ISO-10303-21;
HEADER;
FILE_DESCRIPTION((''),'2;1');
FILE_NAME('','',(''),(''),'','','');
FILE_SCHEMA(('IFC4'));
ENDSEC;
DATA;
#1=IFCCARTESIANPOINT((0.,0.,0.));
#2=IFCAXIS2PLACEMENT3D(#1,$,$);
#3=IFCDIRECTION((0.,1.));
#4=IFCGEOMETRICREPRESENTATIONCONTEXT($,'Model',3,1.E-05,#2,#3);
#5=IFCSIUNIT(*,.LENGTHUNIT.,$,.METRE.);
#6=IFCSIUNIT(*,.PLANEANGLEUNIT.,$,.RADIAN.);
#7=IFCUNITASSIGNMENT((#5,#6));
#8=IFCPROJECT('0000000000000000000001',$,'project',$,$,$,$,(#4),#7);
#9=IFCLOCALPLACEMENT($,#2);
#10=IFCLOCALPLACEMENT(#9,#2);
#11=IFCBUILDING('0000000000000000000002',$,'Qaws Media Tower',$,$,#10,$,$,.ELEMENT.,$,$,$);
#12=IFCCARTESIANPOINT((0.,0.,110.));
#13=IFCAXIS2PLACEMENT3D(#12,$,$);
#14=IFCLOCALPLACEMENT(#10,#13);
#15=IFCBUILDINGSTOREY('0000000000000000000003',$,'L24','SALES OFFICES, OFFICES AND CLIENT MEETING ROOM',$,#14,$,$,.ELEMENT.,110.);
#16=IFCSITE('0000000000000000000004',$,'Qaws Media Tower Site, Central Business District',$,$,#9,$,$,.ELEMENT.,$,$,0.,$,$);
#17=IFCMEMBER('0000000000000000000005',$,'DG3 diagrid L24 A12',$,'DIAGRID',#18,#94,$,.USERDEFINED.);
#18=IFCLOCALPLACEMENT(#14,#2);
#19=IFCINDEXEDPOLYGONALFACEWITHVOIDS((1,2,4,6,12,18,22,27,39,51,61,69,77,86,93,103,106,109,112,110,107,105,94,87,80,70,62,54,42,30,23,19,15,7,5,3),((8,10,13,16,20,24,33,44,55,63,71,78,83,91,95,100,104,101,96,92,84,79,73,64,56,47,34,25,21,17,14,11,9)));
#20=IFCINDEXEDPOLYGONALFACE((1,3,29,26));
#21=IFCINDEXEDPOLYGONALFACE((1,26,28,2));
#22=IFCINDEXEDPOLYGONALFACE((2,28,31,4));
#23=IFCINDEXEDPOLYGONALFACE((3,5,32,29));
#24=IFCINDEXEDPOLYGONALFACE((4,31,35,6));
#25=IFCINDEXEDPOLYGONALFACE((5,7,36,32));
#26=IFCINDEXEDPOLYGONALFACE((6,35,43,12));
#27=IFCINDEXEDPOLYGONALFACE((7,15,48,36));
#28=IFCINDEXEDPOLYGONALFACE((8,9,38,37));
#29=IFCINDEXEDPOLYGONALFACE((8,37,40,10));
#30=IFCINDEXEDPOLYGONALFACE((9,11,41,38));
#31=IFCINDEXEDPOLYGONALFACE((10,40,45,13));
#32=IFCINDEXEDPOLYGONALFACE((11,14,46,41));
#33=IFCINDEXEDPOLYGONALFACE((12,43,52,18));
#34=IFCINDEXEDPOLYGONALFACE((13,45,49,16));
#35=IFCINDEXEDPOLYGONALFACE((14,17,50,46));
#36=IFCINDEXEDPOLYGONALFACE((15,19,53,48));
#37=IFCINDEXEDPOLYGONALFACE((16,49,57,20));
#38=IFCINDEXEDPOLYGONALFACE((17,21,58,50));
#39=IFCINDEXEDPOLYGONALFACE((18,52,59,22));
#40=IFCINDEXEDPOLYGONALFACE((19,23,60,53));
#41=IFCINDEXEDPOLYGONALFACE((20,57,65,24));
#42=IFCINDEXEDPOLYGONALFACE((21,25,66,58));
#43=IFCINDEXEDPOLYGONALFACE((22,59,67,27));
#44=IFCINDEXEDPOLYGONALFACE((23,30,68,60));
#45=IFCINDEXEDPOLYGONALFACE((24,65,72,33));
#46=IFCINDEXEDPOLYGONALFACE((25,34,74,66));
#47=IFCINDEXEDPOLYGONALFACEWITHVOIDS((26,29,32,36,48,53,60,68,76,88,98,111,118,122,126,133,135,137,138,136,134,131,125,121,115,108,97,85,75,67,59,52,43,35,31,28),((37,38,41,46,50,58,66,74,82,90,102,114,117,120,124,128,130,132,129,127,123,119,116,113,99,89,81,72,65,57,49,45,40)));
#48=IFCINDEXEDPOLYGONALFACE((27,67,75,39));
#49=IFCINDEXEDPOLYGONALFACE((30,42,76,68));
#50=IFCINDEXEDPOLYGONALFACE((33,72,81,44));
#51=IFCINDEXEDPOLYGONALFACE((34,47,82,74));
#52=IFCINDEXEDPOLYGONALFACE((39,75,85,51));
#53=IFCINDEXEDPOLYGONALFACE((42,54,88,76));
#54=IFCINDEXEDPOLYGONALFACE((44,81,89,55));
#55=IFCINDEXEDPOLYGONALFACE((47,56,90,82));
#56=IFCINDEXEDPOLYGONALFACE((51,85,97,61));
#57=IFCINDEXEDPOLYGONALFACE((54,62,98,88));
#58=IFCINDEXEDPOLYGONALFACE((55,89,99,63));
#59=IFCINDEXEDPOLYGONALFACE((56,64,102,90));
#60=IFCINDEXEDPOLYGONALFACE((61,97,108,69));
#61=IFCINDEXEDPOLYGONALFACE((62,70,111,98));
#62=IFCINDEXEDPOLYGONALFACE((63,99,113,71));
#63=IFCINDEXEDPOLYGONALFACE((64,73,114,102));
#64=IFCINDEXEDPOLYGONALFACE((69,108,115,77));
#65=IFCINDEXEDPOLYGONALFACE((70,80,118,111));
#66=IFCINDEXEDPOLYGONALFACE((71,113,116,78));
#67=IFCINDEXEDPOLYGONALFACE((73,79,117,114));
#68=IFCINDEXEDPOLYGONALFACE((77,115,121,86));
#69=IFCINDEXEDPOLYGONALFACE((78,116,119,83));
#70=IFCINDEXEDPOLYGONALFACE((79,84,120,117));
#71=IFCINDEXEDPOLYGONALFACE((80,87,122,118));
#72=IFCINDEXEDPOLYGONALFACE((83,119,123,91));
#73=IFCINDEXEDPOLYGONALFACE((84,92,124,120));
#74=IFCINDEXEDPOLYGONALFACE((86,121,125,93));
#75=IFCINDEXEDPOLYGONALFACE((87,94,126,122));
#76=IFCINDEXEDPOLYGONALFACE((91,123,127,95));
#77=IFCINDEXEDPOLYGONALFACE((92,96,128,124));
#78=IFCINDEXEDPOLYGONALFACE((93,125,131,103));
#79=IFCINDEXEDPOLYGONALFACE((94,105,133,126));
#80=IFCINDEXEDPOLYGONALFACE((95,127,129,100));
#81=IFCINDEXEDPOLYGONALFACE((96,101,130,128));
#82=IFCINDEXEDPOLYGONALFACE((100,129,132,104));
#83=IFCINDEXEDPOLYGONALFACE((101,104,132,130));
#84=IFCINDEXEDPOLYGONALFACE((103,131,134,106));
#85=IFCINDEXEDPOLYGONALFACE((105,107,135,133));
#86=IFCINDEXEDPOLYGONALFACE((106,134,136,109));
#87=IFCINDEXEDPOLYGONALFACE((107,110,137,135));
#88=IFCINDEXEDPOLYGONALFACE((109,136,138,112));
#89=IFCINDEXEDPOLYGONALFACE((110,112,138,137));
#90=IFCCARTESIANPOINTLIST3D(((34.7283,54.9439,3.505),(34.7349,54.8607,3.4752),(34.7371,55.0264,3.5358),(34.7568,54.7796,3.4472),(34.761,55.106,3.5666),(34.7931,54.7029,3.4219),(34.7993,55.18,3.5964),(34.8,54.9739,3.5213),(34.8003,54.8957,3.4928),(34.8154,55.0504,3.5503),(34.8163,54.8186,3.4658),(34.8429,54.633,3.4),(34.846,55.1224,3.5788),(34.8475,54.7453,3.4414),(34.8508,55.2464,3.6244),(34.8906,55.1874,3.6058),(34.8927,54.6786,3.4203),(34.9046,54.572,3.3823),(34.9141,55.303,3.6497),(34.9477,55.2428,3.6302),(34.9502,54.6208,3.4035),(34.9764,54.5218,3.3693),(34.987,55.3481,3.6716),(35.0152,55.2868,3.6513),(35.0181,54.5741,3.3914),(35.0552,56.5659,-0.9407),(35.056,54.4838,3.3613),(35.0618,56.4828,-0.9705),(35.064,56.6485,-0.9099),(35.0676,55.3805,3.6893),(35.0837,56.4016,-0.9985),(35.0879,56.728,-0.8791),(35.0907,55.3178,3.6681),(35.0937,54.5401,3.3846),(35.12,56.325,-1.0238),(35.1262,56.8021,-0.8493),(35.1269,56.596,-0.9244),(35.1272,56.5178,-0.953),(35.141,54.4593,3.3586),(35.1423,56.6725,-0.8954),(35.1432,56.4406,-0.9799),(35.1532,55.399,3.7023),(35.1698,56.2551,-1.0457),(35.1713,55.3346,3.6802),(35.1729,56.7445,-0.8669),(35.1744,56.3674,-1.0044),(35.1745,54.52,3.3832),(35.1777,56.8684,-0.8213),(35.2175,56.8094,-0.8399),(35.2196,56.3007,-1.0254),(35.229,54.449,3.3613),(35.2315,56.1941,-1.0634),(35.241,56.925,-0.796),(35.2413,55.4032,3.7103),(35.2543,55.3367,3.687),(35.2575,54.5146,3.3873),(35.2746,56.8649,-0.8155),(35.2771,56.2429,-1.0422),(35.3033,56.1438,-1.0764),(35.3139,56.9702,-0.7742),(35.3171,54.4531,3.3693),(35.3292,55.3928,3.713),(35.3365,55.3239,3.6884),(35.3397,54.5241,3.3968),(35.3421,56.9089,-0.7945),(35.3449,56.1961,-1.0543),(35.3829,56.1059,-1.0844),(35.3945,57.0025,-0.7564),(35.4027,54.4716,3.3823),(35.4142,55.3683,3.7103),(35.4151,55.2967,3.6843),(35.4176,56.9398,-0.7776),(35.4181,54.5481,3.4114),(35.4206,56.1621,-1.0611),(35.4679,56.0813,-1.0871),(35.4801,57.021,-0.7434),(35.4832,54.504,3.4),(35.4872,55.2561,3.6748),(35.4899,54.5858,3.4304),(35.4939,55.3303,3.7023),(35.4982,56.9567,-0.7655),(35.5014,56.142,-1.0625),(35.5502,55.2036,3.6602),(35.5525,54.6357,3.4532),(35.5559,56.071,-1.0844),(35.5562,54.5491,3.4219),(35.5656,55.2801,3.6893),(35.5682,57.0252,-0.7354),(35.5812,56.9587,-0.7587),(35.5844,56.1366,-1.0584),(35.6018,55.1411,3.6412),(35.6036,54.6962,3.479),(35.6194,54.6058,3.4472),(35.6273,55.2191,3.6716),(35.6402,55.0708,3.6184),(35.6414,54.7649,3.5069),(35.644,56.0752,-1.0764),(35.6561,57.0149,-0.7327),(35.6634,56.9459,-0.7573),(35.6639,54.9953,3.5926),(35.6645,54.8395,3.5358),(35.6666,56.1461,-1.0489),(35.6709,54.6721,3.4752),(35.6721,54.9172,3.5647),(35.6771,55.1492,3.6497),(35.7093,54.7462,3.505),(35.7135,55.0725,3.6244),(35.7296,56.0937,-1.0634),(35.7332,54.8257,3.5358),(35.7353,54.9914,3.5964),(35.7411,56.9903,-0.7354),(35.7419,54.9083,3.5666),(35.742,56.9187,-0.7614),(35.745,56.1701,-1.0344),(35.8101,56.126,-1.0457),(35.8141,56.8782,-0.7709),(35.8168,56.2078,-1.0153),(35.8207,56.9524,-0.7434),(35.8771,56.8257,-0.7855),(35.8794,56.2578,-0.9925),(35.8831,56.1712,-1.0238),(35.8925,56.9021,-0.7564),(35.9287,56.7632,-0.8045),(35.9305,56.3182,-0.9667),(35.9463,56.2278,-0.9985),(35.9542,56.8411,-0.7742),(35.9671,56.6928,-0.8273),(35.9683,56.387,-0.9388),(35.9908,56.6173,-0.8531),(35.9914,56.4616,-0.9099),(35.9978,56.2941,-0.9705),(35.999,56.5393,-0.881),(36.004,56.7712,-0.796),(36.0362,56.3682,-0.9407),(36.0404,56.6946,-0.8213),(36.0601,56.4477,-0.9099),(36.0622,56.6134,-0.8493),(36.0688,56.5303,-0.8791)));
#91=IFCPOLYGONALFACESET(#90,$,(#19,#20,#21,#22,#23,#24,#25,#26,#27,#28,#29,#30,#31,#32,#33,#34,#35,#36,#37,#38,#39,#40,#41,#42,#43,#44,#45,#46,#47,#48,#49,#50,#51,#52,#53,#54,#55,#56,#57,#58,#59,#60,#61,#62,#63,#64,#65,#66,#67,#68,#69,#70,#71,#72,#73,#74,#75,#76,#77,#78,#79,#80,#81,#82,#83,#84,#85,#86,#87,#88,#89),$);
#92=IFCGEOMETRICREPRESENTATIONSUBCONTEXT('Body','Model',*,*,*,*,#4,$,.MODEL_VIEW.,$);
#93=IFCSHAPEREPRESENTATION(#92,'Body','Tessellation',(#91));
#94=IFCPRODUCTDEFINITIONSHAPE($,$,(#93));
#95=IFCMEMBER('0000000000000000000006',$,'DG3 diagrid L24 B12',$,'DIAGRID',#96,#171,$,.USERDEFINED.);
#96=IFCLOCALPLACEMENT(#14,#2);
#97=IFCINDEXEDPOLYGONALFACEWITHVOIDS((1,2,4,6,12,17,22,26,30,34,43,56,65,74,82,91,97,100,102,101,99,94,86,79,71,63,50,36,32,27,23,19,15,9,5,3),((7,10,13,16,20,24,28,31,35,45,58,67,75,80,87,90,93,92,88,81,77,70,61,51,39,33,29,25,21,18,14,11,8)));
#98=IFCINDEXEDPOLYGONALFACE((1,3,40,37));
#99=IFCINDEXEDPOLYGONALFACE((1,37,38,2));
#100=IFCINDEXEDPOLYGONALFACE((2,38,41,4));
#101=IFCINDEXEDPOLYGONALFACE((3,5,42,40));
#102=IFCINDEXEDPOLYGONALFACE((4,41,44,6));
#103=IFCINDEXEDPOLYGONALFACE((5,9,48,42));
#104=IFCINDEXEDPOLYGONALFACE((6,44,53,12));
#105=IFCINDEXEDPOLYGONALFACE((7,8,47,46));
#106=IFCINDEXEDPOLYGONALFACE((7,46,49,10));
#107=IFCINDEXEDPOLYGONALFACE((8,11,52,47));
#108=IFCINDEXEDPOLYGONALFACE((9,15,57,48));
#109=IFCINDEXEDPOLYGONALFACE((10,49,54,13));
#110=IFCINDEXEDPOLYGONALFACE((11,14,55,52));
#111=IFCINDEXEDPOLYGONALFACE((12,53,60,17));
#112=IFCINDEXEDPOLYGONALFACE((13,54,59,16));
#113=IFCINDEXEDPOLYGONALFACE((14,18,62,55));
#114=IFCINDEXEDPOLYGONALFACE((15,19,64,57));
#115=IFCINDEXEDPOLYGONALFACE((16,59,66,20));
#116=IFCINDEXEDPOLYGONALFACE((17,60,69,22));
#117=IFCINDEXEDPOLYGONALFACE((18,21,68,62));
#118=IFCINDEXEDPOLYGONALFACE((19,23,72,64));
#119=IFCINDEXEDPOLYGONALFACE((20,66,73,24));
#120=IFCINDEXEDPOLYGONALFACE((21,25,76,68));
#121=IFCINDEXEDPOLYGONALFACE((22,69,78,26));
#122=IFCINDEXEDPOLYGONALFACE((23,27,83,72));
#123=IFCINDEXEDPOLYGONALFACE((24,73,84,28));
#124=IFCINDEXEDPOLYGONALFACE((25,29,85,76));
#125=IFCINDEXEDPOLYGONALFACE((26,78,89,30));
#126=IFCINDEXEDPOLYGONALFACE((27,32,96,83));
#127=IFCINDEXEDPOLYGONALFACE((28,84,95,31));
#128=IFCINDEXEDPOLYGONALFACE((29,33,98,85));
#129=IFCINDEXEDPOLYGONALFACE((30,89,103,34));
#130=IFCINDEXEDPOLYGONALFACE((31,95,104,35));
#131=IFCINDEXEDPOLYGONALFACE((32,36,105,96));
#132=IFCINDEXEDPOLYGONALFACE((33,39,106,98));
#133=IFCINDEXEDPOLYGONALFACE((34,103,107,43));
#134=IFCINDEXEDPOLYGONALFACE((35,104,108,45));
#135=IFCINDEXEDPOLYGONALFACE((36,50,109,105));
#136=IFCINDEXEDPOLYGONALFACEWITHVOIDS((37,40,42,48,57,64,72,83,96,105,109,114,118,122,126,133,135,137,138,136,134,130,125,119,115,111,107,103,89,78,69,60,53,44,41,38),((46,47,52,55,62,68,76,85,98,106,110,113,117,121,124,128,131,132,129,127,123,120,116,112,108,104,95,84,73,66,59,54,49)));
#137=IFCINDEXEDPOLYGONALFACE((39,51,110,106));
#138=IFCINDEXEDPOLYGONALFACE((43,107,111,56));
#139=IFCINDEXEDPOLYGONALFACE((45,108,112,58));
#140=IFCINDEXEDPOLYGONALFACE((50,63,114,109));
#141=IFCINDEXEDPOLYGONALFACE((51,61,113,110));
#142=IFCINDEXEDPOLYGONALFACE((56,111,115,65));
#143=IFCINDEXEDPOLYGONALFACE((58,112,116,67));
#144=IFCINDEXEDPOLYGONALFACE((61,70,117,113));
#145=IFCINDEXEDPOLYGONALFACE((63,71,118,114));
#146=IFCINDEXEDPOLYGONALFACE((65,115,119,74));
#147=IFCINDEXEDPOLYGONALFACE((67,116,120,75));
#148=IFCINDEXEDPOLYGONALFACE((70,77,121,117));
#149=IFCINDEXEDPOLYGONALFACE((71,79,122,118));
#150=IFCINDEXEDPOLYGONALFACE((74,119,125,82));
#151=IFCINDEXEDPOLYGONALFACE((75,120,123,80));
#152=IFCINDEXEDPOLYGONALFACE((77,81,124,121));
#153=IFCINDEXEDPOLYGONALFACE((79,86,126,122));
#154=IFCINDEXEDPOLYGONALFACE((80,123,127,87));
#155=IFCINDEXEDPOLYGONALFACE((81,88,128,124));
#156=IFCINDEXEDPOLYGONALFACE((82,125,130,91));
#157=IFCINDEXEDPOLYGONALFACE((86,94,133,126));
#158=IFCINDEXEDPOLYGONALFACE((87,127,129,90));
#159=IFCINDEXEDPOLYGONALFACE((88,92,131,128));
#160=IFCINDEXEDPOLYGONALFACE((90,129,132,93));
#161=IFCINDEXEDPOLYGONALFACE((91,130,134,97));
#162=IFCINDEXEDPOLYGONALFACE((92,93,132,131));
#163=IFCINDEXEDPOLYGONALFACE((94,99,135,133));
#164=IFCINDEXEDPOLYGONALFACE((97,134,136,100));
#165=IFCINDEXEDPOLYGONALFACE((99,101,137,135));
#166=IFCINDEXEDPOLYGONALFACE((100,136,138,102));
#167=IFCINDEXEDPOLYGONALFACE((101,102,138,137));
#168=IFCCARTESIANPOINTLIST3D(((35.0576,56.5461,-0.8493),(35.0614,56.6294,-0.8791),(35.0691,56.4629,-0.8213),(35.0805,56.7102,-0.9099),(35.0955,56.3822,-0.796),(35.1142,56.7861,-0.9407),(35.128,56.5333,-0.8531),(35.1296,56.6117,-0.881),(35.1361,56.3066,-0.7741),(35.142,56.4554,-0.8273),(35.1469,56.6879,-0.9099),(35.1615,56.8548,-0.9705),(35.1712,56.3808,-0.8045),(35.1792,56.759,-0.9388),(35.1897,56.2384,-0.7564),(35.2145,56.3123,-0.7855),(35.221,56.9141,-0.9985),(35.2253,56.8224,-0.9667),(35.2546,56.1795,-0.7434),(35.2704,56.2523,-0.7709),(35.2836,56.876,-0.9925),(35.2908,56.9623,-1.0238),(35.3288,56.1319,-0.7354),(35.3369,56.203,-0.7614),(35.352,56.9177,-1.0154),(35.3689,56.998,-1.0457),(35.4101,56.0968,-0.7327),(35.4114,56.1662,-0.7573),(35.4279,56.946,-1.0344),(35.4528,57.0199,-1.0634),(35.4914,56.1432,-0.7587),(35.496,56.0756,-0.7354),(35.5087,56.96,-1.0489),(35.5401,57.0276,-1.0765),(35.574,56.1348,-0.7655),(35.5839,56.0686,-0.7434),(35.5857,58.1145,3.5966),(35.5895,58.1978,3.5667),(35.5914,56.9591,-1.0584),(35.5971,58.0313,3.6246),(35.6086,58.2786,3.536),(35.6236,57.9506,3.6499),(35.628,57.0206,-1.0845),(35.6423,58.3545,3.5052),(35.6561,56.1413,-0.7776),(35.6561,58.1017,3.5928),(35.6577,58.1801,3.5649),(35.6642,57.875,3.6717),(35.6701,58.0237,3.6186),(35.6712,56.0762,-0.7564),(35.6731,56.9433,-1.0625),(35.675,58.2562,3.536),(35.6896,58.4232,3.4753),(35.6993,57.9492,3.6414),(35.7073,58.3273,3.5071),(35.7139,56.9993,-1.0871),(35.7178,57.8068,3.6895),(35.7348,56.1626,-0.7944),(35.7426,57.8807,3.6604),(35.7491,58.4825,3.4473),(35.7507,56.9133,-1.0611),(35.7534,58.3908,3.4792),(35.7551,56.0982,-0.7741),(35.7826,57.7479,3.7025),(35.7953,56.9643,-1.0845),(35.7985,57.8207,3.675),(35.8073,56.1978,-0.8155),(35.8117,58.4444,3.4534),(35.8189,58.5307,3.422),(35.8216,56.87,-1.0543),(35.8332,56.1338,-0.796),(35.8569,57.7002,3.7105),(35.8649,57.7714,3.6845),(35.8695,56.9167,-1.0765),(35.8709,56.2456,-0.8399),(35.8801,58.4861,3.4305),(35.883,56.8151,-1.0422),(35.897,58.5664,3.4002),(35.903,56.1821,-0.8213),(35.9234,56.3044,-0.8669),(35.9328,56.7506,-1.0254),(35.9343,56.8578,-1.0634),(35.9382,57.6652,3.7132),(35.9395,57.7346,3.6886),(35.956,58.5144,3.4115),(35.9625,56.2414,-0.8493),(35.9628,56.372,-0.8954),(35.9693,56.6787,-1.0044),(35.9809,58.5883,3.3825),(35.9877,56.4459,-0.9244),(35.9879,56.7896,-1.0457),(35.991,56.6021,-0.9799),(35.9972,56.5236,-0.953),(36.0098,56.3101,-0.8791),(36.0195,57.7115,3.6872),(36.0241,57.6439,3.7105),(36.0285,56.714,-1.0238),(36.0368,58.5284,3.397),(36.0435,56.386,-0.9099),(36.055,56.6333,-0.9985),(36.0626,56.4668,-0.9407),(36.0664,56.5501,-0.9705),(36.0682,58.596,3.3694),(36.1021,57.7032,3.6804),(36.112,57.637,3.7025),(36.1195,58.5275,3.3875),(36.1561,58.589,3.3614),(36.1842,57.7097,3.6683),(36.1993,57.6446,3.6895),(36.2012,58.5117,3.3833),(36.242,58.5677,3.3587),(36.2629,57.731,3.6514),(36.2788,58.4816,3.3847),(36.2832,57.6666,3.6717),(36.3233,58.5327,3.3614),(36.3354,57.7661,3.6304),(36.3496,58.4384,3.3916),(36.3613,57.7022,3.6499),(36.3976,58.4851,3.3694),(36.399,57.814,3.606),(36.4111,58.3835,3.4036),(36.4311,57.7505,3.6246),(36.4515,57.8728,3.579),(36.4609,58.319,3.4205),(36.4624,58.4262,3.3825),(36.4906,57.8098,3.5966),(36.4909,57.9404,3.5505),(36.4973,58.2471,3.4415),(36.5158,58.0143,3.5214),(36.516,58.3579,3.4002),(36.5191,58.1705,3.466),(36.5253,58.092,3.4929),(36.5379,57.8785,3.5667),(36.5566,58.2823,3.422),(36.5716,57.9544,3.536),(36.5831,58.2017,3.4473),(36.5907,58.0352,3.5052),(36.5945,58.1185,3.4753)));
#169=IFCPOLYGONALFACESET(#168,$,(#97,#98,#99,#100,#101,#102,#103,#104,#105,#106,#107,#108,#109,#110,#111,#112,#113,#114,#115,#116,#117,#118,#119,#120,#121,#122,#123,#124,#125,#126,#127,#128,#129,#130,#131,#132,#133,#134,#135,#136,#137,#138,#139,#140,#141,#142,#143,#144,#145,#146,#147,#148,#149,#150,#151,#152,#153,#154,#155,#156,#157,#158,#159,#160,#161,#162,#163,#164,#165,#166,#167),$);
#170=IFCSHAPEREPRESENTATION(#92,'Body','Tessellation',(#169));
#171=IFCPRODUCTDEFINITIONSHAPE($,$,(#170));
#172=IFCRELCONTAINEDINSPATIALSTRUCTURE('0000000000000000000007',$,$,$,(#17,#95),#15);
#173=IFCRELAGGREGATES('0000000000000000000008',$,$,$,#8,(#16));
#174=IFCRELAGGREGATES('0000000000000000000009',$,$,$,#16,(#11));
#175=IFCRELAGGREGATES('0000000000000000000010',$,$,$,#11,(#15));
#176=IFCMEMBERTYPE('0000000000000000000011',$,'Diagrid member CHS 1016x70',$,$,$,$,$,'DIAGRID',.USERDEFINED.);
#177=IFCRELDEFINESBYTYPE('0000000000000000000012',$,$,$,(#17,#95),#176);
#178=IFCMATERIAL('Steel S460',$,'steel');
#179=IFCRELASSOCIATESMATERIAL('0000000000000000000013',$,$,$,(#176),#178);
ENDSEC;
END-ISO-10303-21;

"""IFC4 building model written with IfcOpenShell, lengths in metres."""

from ifc_helpers import new_model, si_unit, direction, frame, origin, origin_2d, place, context, subcontext, project, spatial, hollow_circle, extrude, material, material_profile, profile_set, type_object, element, save


model = new_model("IFC4")

# Units and contexts
model_context = context("Model", 3, precision=1e-05, world=origin(), true_north=direction((0.0, 1.0)))
body_context = subcontext(model_context, "Body", "Model", "MODEL_VIEW")
ifc_project = project(units=[si_unit("LENGTHUNIT", "METRE"), si_unit("PLANEANGLEUNIT", "RADIAN")], contexts=[model_context])

# Site, building, storey
site_placement = place(None, origin())
site = spatial("IfcSite", under=ifc_project, at=site_placement, Name="Qaws Media Tower Site, Central Business District", CompositionType="ELEMENT", RefElevation=0.0)
building_placement = place(site_placement, origin())
building = spatial("IfcBuilding", under=site, at=building_placement, Name="Qaws Media Tower", CompositionType="ELEMENT")
storey_placement = place(building_placement, frame((0.0, 0.0, 110.0)))
storey = spatial("IfcBuildingStorey", under=building, at=storey_placement, Name="L24", Description="SALES OFFICES, OFFICES AND CLIENT MEETING ROOM", CompositionType="ELEMENT", Elevation=110.0)

# Members
ifc_material_1 = material(Name="Steel S460", Category="steel")
ifc_material_profile_1 = material_profile(ifc_material_1, hollow_circle(Radius=0.5081, WallThickness=0.0701, at=origin_2d()), Name="CHS 1016x70")
ifc_profile_set_1 = profile_set([ifc_material_profile_1], Name="Steel S460")
member_type_1 = type_object("IfcMemberType", Name="Diagrid member CHS 1016x70", ElementType="DIAGRID", PredefinedType="USERDEFINED", material=ifc_profile_set_1)
member_1_placement = place(storey_placement, frame((35.562, 56.5481, -0.9099), z_axis=(-0.068913, -0.341939, 0.937192), x_axis=(0.98029, -0.197563, 0.0)))
element("IfcMember", 1, at=member_1_placement, inside=storey, type_object=member_type_1, Name="DG3 diagrid L24 A12", ObjectType="DIAGRID", PredefinedType="USERDEFINED", context=body_context, shape_type="SweptSolid", body=[
    extrude(hollow_circle(Radius=0.5081, WallThickness=0.0701, at=origin_2d()), origin(), (0.0, 0.0, 1.0), 4.7437),
])
member_2_placement = place(storey_placement, frame((35.562, 56.5481, -0.9099), z_axis=(0.111319, 0.330612, 0.937179), x_axis=(-0.94772, 0.319103, 0.0)))
element("IfcMember", 2, at=member_2_placement, inside=storey, type_object=member_type_1, Name="DG3 diagrid L24 B12", ObjectType="DIAGRID", PredefinedType="USERDEFINED", context=body_context, shape_type="SweptSolid", body=[
    extrude(hollow_circle(Radius=0.5081, WallThickness=0.0701, at=origin_2d()), origin(), (0.0, 0.0, 1.0), 4.7439),
])

save(model, "model.ifc")
